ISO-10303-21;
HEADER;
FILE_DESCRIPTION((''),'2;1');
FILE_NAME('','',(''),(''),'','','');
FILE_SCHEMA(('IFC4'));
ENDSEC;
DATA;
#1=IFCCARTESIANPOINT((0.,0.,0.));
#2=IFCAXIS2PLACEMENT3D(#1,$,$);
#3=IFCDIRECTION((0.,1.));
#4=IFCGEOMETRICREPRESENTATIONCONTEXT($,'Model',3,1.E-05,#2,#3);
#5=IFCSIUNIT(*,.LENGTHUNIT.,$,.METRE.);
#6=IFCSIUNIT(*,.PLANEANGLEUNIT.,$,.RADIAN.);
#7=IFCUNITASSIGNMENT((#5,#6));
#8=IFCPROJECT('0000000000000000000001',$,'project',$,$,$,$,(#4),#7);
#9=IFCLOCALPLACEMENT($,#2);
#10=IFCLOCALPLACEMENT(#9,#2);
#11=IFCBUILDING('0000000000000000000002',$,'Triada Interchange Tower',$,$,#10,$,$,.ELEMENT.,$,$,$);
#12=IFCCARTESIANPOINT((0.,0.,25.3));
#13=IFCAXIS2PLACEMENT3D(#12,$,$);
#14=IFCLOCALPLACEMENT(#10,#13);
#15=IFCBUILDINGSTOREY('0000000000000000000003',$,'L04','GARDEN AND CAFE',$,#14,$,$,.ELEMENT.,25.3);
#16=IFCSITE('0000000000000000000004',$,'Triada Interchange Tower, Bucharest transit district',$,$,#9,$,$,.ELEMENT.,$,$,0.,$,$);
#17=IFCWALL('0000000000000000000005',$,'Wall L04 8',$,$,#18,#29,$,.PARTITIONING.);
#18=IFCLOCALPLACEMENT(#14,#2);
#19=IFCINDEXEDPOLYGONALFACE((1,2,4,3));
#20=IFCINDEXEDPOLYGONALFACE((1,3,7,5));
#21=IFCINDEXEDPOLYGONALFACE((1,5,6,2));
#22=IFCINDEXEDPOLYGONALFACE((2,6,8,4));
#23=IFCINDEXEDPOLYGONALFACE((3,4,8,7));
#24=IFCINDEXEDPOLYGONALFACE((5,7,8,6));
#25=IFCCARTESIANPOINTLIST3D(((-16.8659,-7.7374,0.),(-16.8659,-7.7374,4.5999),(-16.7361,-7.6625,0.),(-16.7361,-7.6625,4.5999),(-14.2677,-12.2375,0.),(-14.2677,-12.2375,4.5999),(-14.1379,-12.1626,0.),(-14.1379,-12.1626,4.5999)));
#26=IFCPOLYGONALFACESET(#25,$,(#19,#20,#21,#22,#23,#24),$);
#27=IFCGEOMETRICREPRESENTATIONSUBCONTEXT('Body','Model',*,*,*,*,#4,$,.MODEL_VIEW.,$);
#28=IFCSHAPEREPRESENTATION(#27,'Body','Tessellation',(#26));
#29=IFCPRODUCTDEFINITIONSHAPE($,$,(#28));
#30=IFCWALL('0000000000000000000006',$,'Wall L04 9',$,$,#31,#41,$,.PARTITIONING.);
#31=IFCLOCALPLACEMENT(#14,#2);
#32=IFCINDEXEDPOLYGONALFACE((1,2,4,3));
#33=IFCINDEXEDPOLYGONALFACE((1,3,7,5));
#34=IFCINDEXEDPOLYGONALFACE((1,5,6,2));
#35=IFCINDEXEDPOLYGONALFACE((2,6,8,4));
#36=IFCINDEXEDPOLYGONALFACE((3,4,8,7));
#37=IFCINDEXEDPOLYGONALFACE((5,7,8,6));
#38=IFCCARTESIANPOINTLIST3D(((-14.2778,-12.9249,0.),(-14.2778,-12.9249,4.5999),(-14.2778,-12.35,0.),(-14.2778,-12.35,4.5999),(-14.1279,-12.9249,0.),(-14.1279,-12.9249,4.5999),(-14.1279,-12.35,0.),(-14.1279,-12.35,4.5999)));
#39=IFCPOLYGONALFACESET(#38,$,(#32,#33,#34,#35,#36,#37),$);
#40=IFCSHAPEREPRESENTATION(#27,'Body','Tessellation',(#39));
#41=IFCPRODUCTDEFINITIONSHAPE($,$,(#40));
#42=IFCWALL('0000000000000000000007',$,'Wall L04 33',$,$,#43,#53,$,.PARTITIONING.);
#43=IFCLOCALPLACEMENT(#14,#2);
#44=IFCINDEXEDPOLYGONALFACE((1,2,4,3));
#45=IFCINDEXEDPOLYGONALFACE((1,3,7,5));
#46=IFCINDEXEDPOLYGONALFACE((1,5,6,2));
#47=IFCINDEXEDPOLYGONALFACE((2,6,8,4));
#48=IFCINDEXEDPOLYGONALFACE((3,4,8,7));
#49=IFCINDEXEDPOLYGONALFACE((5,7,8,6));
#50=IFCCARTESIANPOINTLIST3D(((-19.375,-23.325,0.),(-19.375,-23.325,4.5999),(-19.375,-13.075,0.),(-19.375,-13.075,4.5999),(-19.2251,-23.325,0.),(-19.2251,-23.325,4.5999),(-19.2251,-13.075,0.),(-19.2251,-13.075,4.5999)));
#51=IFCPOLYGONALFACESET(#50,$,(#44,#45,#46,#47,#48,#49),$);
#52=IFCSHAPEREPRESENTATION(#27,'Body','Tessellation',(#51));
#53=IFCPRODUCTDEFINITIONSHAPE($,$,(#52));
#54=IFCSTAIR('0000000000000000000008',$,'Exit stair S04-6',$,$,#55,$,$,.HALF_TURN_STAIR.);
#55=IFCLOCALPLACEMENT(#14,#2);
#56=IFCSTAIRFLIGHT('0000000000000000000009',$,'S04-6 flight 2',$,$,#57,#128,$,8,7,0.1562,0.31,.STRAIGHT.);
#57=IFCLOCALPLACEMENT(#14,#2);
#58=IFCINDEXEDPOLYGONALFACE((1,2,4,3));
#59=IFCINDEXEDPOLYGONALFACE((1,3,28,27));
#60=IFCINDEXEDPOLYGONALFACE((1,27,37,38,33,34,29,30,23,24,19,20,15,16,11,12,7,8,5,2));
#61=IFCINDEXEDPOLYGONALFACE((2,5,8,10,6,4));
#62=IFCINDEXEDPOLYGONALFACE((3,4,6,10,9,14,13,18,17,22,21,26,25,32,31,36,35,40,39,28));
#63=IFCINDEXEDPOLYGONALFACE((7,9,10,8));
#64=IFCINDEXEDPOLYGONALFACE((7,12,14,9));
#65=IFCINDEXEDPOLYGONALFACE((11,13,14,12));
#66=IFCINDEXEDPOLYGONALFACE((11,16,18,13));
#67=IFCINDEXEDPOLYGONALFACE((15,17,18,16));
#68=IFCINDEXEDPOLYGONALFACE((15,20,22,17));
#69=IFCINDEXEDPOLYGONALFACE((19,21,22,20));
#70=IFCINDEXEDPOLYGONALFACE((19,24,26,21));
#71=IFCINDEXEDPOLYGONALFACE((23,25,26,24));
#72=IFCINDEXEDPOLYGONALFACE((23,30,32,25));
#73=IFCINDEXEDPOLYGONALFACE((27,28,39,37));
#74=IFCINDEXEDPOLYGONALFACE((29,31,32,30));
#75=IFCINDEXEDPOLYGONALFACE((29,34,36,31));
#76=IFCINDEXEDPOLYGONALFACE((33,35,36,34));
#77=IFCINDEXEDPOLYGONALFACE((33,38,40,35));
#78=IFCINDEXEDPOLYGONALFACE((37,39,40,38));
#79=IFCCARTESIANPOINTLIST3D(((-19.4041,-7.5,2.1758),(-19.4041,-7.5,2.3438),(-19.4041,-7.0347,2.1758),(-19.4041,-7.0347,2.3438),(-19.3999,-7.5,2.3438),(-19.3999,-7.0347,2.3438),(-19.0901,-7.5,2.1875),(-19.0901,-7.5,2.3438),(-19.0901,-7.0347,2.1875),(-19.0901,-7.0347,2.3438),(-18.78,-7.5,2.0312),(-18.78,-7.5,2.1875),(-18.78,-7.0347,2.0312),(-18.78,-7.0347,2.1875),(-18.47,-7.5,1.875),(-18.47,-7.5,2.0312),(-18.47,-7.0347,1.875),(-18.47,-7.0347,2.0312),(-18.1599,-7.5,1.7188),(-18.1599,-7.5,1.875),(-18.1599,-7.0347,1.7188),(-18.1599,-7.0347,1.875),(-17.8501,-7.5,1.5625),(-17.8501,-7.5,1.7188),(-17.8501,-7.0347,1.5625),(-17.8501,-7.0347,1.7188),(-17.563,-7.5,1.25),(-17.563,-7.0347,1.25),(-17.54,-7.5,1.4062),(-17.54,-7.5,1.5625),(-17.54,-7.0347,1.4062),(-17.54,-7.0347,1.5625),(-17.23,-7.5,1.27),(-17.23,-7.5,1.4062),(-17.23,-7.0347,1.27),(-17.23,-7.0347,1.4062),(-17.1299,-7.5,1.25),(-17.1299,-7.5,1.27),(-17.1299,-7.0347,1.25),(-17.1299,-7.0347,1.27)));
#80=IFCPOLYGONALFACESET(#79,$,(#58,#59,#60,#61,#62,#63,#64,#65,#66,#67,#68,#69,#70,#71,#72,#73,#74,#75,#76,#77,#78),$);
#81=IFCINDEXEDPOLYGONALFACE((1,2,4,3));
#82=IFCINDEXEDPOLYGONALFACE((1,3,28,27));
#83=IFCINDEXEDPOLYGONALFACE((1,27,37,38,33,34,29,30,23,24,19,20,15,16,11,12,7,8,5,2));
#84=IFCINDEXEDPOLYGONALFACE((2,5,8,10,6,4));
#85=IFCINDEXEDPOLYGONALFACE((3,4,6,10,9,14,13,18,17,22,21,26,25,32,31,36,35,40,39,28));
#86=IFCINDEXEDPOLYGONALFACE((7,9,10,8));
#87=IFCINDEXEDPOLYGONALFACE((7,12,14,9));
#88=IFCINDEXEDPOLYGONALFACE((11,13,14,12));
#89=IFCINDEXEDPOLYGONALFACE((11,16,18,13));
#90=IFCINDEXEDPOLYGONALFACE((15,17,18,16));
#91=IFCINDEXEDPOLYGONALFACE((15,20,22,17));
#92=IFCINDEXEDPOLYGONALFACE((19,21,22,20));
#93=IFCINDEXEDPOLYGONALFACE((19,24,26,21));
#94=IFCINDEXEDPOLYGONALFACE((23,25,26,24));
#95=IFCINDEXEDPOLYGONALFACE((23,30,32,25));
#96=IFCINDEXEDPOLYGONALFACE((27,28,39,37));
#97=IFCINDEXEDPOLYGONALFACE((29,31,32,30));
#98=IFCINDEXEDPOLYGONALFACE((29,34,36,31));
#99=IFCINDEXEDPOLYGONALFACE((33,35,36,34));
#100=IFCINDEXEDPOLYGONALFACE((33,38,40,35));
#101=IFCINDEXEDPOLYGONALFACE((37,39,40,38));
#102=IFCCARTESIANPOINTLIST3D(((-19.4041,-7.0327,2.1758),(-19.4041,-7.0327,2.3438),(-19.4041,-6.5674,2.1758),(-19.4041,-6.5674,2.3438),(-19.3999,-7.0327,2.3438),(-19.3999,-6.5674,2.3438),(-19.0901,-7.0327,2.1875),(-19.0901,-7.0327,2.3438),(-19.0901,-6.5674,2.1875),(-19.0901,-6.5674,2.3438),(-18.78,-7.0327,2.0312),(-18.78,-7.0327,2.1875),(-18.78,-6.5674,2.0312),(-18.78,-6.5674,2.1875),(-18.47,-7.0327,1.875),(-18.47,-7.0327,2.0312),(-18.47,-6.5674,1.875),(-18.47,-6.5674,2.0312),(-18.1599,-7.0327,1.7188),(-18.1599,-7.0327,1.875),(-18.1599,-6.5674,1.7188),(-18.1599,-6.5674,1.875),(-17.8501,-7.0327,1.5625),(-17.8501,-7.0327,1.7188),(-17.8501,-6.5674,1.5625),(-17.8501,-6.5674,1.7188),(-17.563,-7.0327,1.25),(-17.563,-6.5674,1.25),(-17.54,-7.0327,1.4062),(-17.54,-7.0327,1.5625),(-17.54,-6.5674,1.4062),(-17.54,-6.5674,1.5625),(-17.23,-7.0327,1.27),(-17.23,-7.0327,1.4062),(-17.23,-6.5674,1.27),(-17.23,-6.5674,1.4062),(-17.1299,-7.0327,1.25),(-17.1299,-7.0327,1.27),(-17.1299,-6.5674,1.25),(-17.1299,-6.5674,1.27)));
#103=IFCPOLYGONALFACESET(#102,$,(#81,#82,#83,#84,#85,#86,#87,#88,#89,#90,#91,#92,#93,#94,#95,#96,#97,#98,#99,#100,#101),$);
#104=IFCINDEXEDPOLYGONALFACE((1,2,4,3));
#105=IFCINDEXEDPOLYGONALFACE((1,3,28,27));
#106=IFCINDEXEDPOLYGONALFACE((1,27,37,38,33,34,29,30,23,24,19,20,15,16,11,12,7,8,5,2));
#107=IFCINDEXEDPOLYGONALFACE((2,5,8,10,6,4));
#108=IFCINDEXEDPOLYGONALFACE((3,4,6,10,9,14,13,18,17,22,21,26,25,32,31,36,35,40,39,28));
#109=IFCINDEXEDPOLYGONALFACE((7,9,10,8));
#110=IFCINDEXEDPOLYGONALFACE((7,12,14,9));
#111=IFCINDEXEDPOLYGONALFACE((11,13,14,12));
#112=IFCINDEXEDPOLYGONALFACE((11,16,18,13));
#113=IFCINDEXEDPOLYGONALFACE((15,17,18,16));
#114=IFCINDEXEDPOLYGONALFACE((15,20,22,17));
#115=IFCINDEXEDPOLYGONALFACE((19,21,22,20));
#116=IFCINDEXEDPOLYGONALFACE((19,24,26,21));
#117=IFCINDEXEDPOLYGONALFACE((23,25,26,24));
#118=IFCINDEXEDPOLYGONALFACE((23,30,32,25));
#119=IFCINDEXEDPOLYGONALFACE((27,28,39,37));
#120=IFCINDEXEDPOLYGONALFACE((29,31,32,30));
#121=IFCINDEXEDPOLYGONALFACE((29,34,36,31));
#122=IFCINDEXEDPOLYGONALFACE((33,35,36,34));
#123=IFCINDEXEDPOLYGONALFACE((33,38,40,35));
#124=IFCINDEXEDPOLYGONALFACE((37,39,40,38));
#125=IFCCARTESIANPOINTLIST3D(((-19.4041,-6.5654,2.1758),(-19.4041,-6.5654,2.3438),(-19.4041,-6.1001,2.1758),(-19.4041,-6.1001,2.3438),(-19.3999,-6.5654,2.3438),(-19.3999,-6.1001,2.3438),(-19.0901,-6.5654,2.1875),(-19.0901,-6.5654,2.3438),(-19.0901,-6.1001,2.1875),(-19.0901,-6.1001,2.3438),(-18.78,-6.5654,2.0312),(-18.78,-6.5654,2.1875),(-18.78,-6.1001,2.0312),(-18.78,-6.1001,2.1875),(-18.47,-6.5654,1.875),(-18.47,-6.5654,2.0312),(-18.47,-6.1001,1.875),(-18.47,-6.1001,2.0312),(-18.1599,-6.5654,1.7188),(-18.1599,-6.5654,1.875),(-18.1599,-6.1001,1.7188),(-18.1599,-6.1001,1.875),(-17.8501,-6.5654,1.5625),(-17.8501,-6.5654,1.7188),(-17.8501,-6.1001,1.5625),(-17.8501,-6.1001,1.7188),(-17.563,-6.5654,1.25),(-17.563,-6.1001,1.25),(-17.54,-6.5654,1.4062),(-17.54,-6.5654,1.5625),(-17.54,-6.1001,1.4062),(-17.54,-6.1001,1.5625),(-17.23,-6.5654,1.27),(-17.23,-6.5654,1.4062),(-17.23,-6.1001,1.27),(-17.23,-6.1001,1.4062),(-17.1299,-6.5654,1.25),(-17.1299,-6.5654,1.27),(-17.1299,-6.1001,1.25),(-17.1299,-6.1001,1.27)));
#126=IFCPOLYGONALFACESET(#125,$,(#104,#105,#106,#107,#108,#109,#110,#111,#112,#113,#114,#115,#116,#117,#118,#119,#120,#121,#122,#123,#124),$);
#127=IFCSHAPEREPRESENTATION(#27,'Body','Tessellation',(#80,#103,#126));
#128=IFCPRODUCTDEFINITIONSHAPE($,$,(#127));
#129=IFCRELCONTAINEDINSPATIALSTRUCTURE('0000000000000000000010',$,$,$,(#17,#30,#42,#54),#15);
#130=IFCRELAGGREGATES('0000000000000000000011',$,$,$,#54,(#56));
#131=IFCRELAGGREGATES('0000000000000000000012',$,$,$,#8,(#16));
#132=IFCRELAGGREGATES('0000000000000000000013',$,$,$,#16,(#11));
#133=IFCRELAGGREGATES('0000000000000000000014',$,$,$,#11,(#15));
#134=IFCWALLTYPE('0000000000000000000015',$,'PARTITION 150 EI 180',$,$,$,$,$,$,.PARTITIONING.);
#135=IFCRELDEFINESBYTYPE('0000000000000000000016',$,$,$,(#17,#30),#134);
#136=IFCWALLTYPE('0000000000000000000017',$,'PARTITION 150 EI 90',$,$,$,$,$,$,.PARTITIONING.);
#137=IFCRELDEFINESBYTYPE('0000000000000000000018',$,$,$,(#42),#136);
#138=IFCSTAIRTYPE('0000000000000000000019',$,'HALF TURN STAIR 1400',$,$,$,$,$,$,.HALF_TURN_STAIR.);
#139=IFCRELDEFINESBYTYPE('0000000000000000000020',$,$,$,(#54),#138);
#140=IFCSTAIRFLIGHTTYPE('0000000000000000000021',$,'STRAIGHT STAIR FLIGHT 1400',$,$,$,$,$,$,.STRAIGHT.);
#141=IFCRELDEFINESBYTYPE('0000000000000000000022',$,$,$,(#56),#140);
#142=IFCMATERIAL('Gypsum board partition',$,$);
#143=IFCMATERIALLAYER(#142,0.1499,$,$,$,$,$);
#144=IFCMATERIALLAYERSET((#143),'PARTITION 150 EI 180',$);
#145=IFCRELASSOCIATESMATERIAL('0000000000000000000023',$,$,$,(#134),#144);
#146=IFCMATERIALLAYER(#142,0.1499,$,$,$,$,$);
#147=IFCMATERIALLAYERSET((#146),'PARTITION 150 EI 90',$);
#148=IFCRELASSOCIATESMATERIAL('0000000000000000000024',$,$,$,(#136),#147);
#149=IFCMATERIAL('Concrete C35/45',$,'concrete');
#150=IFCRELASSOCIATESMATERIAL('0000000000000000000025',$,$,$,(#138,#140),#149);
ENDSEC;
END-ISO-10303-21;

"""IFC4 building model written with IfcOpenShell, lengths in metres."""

from ifc_helpers import new_model, si_unit, direction, frame, frame_2d, origin, place, context, subcontext, project, spatial, polyline, rectangle, outline, extrude, material, layer, layer_set, type_object, element, aggregate, save


model = new_model("IFC4")

# Units and contexts
model_context = context("Model", 3, precision=1e-05, world=origin(), true_north=direction((0.0, 1.0)))
body_context = subcontext(model_context, "Body", "Model", "MODEL_VIEW")
ifc_project = project(units=[si_unit("LENGTHUNIT", "METRE"), si_unit("PLANEANGLEUNIT", "RADIAN")], contexts=[model_context])

# Site, building, storey
site_placement = place(None, origin())
site = spatial("IfcSite", under=ifc_project, at=site_placement, Name="Triada Interchange Tower, Bucharest transit district", CompositionType="ELEMENT", RefElevation=0.0)
building_placement = place(site_placement, origin())
building = spatial("IfcBuilding", under=site, at=building_placement, Name="Triada Interchange Tower", CompositionType="ELEMENT")
storey_placement = place(building_placement, frame((0.0, 0.0, 25.3)))
storey = spatial("IfcBuildingStorey", under=building, at=storey_placement, Name="L04", Description="GARDEN AND CAFE", CompositionType="ELEMENT", Elevation=25.3)

# Shared definitions
ifc_material_1 = material(Name="Gypsum board partition")
ifc_layer_1 = layer(ifc_material_1, 0.1499)
ifc_layer_set_1 = layer_set([ifc_layer_1], Name="PARTITION 150 EI 180")
wall_type_1 = type_object("IfcWallType", Name="PARTITION 150 EI 180", PredefinedType="PARTITIONING", material=ifc_layer_set_1)

# Walls
wall_1_placement = place(storey_placement, frame((-16.801, -7.7, 0.0), z_axis=(0.0, 0.0, 1.0), x_axis=(0.50001, -0.86602, 0.0)))
element("IfcWall", 1, at=wall_1_placement, inside=storey, type_object=wall_type_1, Name="Wall L04 8", PredefinedType="PARTITIONING", context=body_context, shape_type="SweptSolid", body=[
    extrude(rectangle(XDim=5.1963, YDim=0.1499, at=frame_2d((2.5981, 0.0))), origin(), (0.0, 0.0, 1.0), 4.5999),
])
wall_2_placement = place(storey_placement, frame((-14.2029, -12.925, 0.0), z_axis=(0.0, 0.0, 1.0), x_axis=(0.0, 1.0, 0.0)))
element("IfcWall", 2, at=wall_2_placement, inside=storey, type_object=wall_type_1, Name="Wall L04 9", PredefinedType="PARTITIONING", context=body_context, shape_type="SweptSolid", body=[
    extrude(rectangle(XDim=0.575, YDim=0.1499, at=frame_2d((0.2876, 0.0))), origin(), (0.0, 0.0, 1.0), 4.5999),
])
ifc_layer_2 = layer(ifc_material_1, 0.1499)
ifc_layer_set_2 = layer_set([ifc_layer_2], Name="PARTITION 150 EI 90")
wall_type_2 = type_object("IfcWallType", Name="PARTITION 150 EI 90", PredefinedType="PARTITIONING", material=ifc_layer_set_2)
wall_3_placement = place(storey_placement, frame((-19.3, -23.325, 0.0), z_axis=(0.0, 0.0, 1.0), x_axis=(0.0, 1.0, 0.0)))
element("IfcWall", 3, at=wall_3_placement, inside=storey, type_object=wall_type_2, Name="Wall L04 33", PredefinedType="PARTITIONING", context=body_context, shape_type="SweptSolid", body=[
    extrude(rectangle(XDim=10.25, YDim=0.1499, at=frame_2d((5.125, 0.0))), origin(), (0.0, 0.0, 1.0), 4.5999),
])

# Stair, stair flight
ifc_material_2 = material(Name="Concrete C35/45", Category="concrete")
stair_type = type_object("IfcStairType", Name="HALF TURN STAIR 1400", PredefinedType="HALF_TURN_STAIR", material=ifc_material_2)
stair_placement = place(storey_placement, origin())
stair = element("IfcStair", 4, at=stair_placement, inside=storey, type_object=stair_type, Name="Exit stair S04-6", PredefinedType="HALF_TURN_STAIR")
stair_flight_type = type_object("IfcStairFlightType", Name="STRAIGHT STAIR FLIGHT 1400", PredefinedType="STRAIGHT", material=ifc_material_2)
stair_flight_1_placement = place(storey_placement, frame((-17.23, -6.8, 1.25), z_axis=(0.0, 0.0, 1.0), x_axis=(-1.0, 0.0, 0.0)))
stair_flight_1 = element("IfcStairFlight", 5, at=stair_flight_1_placement, type_object=stair_flight_type, Name="S04-6 flight 2", NumberOfRisers=8, NumberOfTreads=7, PredefinedType="STRAIGHT", RiserHeight=0.1562, TreadLength=0.31, context=body_context, shape_type="SweptSolid", body=[
    extrude(outline(polyline([(-0.1001, 0.0), (-0.1001, 0.02), (0.0, 0.02), (0.0, 0.1562), (0.3101, 0.1562), (0.3101, 0.3125), (0.6201, 0.3125), (0.6201, 0.4688), (0.9299, 0.4688), (0.9299, 0.625), (1.24, 0.625), (1.24, 0.7812), (1.55, 0.7812), (1.55, 0.9375), (1.8601, 0.9375), (1.8601, 1.0938), (2.1699, 1.0938), (2.1741, 1.0938), (2.1741, 1.25), (2.1741, 0.9258), (0.333, 0.0), (-0.1001, 0.0)])), frame((0.0, 0.7, 0.0), z_axis=(0.0, -1.0, 0.0), x_axis=(1.0, 0.0, 0.0)), (0.0, 0.0, 1.0), 0.4653),
    extrude(outline(polyline([(-0.1001, 0.0), (-0.1001, 0.02), (0.0, 0.02), (0.0, 0.1562), (0.3101, 0.1562), (0.3101, 0.3125), (0.6201, 0.3125), (0.6201, 0.4688), (0.9299, 0.4688), (0.9299, 0.625), (1.24, 0.625), (1.24, 0.7812), (1.55, 0.7812), (1.55, 0.9375), (1.8601, 0.9375), (1.8601, 1.0938), (2.1699, 1.0938), (2.1741, 1.0938), (2.1741, 1.25), (2.1741, 0.9258), (0.333, 0.0), (-0.1001, 0.0)])), frame((0.0, 0.2327, 0.0), z_axis=(0.0, -1.0, 0.0), x_axis=(1.0, 0.0, 0.0)), (0.0, 0.0, 1.0), 0.4653),
    extrude(outline(polyline([(-0.1001, 0.0), (-0.1001, 0.02), (0.0, 0.02), (0.0, 0.1562), (0.3101, 0.1562), (0.3101, 0.3125), (0.6201, 0.3125), (0.6201, 0.4688), (0.9299, 0.4688), (0.9299, 0.625), (1.24, 0.625), (1.24, 0.7812), (1.55, 0.7812), (1.55, 0.9375), (1.8601, 0.9375), (1.8601, 1.0938), (2.1699, 1.0938), (2.1741, 1.0938), (2.1741, 1.25), (2.1741, 0.9258), (0.333, 0.0), (-0.1001, 0.0)])), frame((0.0, -0.2346, 0.0), z_axis=(0.0, -1.0, 0.0), x_axis=(1.0, 0.0, 0.0)), (0.0, 0.0, 1.0), 0.4653),
])
aggregate(stair, [stair_flight_1])

save(model, "model.ifc")
